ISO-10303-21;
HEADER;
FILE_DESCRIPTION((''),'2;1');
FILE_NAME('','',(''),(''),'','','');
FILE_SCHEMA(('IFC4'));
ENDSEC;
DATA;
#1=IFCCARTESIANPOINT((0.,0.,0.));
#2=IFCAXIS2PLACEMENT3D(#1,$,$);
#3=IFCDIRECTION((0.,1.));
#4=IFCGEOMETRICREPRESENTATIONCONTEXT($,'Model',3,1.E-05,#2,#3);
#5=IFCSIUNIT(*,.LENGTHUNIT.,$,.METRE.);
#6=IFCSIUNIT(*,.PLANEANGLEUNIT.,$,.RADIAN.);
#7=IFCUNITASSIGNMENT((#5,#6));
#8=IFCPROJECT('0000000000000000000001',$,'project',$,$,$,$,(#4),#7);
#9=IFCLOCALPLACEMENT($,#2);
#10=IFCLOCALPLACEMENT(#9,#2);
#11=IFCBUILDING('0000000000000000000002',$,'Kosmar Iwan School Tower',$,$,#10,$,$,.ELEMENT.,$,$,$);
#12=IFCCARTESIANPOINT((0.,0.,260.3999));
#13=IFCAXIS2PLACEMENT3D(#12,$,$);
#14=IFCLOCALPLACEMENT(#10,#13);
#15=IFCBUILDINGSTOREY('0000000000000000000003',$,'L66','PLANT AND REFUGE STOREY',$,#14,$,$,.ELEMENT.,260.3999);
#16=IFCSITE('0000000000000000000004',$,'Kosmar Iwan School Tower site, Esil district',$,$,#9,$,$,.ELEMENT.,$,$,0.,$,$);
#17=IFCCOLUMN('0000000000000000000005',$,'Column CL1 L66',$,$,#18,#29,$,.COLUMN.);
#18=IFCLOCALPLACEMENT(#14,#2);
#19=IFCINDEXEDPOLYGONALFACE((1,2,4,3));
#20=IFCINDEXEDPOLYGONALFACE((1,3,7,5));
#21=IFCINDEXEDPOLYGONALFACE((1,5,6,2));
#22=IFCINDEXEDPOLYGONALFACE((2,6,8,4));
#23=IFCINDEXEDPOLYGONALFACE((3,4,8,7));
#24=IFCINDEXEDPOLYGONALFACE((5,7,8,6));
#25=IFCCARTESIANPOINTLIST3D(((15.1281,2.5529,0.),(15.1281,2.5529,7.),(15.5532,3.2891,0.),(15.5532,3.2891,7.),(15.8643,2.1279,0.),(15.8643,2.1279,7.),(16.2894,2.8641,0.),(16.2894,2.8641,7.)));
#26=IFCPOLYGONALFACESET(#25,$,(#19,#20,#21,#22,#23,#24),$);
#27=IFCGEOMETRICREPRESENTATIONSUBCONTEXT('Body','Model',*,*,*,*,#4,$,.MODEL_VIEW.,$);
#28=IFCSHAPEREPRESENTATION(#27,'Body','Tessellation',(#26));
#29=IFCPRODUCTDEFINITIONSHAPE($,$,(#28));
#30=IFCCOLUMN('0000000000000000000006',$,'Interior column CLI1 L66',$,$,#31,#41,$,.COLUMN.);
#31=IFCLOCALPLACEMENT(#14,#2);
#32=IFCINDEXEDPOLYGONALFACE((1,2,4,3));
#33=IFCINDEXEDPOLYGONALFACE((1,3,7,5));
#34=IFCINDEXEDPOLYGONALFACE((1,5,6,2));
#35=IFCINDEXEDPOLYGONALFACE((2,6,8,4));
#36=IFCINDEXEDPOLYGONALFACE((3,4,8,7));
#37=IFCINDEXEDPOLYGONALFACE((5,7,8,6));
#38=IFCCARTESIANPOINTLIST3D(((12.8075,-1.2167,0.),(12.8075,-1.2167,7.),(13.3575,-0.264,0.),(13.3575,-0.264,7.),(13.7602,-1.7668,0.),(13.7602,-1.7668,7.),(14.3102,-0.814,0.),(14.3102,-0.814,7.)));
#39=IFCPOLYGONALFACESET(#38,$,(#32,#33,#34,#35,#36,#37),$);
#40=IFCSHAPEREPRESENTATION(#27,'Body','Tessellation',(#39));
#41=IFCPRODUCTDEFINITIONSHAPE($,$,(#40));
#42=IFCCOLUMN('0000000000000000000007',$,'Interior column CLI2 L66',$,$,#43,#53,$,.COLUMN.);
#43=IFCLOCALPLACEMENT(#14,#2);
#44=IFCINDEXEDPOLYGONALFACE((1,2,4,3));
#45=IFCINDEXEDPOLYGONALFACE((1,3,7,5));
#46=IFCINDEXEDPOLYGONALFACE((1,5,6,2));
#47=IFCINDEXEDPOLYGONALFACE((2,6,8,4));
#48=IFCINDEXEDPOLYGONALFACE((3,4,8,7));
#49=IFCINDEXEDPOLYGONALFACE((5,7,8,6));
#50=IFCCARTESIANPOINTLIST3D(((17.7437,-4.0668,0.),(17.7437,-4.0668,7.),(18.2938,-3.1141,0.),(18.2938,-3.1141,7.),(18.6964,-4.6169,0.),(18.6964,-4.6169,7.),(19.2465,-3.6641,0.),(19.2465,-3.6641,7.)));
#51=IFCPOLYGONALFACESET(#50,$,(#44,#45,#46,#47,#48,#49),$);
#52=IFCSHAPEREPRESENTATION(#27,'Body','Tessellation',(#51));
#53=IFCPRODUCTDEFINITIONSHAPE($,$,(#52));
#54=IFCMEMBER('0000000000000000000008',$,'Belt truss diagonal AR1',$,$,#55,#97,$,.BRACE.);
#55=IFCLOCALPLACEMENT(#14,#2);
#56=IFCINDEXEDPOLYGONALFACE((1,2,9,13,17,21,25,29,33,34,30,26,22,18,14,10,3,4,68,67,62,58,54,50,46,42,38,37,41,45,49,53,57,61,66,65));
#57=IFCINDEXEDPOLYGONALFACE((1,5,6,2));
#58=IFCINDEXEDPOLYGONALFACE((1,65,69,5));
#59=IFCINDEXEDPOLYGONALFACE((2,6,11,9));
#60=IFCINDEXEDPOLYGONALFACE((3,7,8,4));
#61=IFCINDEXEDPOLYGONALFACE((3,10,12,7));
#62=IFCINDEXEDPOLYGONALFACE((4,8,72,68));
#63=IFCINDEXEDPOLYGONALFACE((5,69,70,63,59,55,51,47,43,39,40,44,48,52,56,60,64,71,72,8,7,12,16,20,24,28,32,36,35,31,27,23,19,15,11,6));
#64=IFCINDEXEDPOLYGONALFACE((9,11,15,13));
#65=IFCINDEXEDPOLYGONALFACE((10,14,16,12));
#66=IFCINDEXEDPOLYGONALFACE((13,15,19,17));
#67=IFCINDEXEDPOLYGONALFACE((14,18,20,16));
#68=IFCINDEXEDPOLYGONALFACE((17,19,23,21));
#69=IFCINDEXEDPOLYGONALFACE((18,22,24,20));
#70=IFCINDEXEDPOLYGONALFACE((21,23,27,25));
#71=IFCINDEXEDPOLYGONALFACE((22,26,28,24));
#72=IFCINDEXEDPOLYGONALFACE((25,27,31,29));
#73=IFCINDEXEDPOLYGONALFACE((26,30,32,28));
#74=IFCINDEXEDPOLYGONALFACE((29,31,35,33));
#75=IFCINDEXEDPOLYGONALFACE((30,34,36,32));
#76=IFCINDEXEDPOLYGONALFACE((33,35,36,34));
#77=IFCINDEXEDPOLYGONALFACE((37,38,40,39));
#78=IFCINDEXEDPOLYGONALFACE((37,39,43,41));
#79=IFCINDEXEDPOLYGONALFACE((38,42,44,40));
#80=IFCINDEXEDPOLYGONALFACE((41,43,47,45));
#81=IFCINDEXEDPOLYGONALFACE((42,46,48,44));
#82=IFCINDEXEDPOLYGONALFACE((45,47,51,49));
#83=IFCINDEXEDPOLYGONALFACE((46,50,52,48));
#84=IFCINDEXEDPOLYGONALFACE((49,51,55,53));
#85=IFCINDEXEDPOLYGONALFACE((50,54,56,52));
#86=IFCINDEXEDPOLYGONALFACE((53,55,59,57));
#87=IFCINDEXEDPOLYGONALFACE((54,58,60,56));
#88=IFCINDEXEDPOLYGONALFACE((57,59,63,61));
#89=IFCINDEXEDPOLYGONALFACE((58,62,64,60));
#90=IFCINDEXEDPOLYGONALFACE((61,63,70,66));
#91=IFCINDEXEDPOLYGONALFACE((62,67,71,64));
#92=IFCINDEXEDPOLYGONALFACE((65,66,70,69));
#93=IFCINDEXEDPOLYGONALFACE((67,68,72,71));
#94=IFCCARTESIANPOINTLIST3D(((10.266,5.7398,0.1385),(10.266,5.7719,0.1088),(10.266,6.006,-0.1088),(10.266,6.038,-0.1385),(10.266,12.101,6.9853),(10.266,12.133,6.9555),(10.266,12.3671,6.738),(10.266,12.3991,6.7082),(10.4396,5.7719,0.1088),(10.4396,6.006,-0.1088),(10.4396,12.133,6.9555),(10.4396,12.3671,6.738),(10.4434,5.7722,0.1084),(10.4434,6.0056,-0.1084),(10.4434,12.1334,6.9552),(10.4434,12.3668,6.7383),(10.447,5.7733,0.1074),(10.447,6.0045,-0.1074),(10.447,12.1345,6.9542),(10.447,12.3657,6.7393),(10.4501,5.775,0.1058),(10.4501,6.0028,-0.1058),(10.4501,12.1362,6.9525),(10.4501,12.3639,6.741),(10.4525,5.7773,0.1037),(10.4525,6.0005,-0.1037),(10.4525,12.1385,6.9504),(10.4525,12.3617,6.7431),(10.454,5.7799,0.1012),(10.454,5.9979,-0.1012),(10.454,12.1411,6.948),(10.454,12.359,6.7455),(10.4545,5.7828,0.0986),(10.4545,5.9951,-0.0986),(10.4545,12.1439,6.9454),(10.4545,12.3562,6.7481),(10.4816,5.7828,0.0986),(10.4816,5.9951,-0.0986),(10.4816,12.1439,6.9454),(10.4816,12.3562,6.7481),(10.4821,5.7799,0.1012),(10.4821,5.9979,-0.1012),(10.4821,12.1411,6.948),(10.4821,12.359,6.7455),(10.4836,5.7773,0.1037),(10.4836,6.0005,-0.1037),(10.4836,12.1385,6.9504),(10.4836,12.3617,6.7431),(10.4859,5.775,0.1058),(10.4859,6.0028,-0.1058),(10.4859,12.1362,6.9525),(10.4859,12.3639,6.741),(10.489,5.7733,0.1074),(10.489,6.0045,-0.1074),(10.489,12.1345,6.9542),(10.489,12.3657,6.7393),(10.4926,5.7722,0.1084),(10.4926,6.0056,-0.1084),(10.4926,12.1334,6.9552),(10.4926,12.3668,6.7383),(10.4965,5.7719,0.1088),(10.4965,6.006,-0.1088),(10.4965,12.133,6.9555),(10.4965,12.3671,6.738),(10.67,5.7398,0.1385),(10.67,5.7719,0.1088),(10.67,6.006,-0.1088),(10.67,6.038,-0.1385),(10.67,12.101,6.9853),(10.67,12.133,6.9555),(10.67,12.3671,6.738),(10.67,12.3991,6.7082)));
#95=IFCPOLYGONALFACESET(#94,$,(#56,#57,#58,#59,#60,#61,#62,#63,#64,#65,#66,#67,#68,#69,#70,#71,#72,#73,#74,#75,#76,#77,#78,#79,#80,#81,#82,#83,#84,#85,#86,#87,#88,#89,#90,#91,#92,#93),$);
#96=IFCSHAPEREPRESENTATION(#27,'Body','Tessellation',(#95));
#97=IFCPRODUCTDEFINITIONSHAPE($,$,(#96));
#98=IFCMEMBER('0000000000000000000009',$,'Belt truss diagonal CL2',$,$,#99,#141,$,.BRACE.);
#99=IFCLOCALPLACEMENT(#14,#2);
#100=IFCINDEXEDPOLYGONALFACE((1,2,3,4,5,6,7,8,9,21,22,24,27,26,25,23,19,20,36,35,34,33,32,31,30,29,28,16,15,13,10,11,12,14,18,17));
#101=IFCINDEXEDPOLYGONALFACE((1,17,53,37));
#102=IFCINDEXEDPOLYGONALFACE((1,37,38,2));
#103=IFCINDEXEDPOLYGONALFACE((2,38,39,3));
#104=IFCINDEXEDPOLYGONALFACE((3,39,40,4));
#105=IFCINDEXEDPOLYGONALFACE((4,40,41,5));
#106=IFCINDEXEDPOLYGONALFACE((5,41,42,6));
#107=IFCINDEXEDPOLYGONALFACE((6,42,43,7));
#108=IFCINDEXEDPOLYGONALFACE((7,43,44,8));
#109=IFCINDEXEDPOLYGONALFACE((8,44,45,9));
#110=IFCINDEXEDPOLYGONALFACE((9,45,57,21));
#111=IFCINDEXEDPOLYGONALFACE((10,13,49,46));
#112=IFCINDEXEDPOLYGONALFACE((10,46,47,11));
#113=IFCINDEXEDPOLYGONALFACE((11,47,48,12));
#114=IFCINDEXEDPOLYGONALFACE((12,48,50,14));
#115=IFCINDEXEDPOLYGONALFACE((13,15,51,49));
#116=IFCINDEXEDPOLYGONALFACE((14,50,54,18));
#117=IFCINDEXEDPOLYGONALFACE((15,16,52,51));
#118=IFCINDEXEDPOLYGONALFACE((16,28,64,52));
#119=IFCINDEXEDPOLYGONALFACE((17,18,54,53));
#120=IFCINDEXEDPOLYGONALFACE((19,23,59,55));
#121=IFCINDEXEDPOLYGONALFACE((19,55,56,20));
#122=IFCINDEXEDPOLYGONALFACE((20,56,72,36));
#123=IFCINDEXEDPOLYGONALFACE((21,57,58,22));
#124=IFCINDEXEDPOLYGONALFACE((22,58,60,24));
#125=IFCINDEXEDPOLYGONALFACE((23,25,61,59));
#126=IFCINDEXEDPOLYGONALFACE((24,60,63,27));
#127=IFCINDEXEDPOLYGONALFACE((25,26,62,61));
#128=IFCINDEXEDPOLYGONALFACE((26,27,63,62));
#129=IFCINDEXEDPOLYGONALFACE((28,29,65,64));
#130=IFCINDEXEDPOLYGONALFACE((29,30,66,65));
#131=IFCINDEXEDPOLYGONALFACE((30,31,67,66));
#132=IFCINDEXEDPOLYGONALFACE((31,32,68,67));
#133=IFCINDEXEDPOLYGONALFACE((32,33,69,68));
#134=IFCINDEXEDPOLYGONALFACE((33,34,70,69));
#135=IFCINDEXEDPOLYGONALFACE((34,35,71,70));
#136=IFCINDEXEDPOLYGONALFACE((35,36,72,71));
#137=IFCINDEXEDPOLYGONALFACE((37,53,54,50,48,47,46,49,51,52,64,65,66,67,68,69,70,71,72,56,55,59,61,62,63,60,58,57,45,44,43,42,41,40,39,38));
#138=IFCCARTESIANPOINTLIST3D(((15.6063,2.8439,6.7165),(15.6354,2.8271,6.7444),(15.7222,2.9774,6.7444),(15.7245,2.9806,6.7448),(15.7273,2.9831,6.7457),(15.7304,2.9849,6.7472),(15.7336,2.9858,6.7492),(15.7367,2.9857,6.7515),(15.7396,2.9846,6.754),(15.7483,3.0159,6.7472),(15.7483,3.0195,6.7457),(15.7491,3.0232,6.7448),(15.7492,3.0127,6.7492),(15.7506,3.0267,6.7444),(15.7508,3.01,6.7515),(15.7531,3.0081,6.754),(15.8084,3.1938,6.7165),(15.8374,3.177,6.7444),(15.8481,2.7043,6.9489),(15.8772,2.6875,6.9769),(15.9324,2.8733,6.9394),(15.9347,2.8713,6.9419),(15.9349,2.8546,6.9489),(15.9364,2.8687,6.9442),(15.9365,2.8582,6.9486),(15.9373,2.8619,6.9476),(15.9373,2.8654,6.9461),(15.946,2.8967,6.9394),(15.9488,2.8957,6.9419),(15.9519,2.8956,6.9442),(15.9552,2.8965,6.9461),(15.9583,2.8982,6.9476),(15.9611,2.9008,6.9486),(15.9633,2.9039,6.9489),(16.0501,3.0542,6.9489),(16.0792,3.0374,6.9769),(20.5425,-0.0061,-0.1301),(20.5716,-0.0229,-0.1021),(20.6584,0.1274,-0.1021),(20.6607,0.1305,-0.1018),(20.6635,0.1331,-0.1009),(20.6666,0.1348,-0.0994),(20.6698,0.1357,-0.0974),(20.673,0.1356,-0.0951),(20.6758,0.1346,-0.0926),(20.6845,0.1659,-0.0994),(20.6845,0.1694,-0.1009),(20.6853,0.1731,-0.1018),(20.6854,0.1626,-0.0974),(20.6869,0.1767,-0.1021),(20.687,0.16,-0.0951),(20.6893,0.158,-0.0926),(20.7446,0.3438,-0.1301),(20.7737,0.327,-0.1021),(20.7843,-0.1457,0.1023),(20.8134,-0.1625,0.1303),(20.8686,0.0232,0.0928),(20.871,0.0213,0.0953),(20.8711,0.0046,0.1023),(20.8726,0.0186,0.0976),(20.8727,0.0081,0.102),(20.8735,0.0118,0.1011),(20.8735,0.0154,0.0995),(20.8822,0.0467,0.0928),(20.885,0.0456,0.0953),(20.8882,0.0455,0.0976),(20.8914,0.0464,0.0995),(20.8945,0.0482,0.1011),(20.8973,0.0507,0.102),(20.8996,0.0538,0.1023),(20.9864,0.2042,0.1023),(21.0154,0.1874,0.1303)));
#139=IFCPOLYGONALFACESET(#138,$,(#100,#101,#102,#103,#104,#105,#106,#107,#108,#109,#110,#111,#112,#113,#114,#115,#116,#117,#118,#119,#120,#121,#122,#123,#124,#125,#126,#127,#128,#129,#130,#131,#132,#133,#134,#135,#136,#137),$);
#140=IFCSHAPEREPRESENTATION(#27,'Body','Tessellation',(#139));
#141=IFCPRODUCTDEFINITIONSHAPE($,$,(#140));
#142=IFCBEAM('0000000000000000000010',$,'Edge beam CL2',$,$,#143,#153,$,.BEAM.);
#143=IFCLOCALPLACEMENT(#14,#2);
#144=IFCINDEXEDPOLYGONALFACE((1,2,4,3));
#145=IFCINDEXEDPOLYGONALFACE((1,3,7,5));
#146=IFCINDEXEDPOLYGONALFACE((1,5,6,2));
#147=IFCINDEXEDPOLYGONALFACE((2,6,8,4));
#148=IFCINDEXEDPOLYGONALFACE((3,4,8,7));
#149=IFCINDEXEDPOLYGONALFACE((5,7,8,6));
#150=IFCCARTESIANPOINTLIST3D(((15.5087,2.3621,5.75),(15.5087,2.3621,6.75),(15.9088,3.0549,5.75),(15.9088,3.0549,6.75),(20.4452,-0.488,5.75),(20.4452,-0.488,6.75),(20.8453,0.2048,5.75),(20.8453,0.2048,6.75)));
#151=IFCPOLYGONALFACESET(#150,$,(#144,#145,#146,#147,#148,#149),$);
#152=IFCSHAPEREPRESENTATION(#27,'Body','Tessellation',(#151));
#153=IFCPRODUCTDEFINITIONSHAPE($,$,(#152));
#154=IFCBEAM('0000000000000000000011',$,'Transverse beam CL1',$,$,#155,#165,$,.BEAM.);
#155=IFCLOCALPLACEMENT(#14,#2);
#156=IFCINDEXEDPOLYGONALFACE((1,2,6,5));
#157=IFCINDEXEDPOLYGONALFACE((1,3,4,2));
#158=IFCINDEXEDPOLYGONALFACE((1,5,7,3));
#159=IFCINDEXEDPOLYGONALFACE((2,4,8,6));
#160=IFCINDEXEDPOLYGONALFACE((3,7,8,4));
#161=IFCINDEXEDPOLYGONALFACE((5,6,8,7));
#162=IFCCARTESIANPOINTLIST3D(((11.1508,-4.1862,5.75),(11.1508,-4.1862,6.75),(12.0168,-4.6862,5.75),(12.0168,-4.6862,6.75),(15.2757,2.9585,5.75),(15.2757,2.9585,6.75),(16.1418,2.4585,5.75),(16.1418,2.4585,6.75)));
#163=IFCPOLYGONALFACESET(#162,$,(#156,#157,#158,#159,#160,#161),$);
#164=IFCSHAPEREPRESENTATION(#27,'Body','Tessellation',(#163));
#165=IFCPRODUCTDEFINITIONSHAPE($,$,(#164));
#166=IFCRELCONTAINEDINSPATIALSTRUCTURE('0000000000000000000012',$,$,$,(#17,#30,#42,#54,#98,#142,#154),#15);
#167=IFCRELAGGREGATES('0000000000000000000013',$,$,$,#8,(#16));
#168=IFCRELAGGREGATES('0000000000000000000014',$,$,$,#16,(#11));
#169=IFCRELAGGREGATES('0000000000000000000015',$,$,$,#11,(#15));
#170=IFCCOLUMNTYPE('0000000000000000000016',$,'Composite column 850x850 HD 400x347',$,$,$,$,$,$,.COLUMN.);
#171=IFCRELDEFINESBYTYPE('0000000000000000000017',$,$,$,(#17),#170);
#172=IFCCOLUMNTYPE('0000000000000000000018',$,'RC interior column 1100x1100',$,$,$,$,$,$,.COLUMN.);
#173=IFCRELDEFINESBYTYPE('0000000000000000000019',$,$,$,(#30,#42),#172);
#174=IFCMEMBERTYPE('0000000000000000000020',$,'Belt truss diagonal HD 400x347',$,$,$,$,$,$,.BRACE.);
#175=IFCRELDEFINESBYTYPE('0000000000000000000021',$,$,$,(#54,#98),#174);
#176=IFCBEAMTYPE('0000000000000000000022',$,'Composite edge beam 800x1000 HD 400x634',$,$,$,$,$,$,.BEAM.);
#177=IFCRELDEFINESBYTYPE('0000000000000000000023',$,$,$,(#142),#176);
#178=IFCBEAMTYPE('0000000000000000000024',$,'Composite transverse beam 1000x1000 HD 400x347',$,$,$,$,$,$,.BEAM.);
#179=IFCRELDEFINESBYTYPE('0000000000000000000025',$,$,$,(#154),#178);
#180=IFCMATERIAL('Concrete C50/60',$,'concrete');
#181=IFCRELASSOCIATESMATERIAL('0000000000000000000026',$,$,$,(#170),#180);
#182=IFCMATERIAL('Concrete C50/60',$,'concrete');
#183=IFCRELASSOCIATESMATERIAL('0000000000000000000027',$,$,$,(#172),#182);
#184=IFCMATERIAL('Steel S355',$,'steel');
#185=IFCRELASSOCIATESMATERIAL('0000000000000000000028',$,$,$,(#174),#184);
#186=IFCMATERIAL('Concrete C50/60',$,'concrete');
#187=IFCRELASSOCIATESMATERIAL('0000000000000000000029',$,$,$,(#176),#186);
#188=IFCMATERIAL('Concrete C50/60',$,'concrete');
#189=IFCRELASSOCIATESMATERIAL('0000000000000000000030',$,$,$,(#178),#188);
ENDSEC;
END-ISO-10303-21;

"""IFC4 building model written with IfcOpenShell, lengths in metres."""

from ifc_helpers import new_model, si_unit, direction, frame, origin, origin_2d, place, context, subcontext, project, spatial, rectangle, i_section, extrude, material, material_profile, profile_set, type_object, element, save


model = new_model("IFC4")

# Units and contexts
model_context = context("Model", 3, precision=1e-05, world=origin(), true_north=direction((0.0, 1.0)))
body_context = subcontext(model_context, "Body", "Model", "MODEL_VIEW")
ifc_project = project(units=[si_unit("LENGTHUNIT", "METRE"), si_unit("PLANEANGLEUNIT", "RADIAN")], contexts=[model_context])

# Site, building, storey
site_placement = place(None, origin())
site = spatial("IfcSite", under=ifc_project, at=site_placement, Name="Kosmar Iwan School Tower site, Esil district", CompositionType="ELEMENT", RefElevation=0.0)
building_placement = place(site_placement, origin())
building = spatial("IfcBuilding", under=site, at=building_placement, Name="Kosmar Iwan School Tower", CompositionType="ELEMENT")
storey_placement = place(building_placement, frame((0.0, 0.0, 260.3999)))
storey = spatial("IfcBuildingStorey", under=building, at=storey_placement, Name="L66", Description="PLANT AND REFUGE STOREY", CompositionType="ELEMENT", Elevation=260.3999)

# Columns
ifc_material_1 = material(Name="Concrete C50/60", Category="concrete")
ifc_material_profile_1 = material_profile(ifc_material_1, rectangle(XDim=0.8501, YDim=0.8501, at=origin_2d()), Name="RC 850x850 + HD 400x347")
ifc_profile_set_1 = profile_set([ifc_material_profile_1], Name="Concrete C50/60")
column_type_1 = type_object("IfcColumnType", Name="Composite column 850x850 HD 400x347", PredefinedType="COLUMN", material=ifc_profile_set_1)
column_placement = place(storey_placement, frame((15.7087, 2.7085, 0.0), z_axis=(0.0, 0.0, 1.0), x_axis=(0.866025, -0.5, 0.0)))
element("IfcColumn", 1, at=column_placement, inside=storey, type_object=column_type_1, Name="Column CL1 L66", PredefinedType="COLUMN", context=body_context, shape_type="SweptSolid", body=[
    extrude(rectangle(XDim=0.8501, YDim=0.8501, at=origin_2d()), origin(), (0.0, 0.0, 1.0), 7.0),
])
ifc_material_2 = material(Name="Concrete C50/60", Category="concrete")
ifc_material_profile_2 = material_profile(ifc_material_2, rectangle(XDim=1.1001, YDim=1.1001, at=origin_2d()), Name="RC 1100x1100")
ifc_profile_set_2 = profile_set([ifc_material_profile_2], Name="Concrete C50/60")
column_type_2 = type_object("IfcColumnType", Name="RC interior column 1100x1100", PredefinedType="COLUMN", material=ifc_profile_set_2)
for number, where, z_axis, x_axis, name in (
    (2, (13.5588, -1.0154, 0.0), (0.0, 0.0, 1.0), (0.866025, -0.5, 0.0), "Interior column CLI1 L66"),
    (3, (18.4951, -3.8655, 0.0), (0.0, 0.0, 1.0), (0.866025, -0.5, 0.0), "Interior column CLI2 L66"),
):
    element("IfcColumn", number, at=place(storey_placement, frame(where, z_axis=z_axis, x_axis=x_axis)), inside=storey, type_object=column_type_2, Name=name, PredefinedType="COLUMN", context=body_context, shape_type="SweptSolid", body=[
        extrude(rectangle(XDim=1.1001, YDim=1.1001, at=origin_2d()), origin(), (0.0, 0.0, 1.0), 7.0),
    ])

# Members
ifc_material_3 = material(Name="Steel S355", Category="steel")
ifc_material_profile_3 = material_profile(ifc_material_3, i_section(OverallWidth=0.4041, OverallDepth=0.407, WebThickness=0.0271, FlangeThickness=0.0437, FilletRadius=0.0149, at=origin_2d()), Name="HD 400x347")
ifc_profile_set_3 = profile_set([ifc_material_profile_3], Name="Steel S355")
member_type = type_object("IfcMemberType", Name="Belt truss diagonal HD 400x347", PredefinedType="BRACE", material=ifc_profile_set_3)
member_1_placement = place(storey_placement, frame((10.468, 5.8889, 0.0), z_axis=(0.0, 0.680649, 0.732609), x_axis=(-1.0, 0.0, 0.0)))
element("IfcMember", 4, at=member_1_placement, inside=storey, type_object=member_type, Name="Belt truss diagonal AR1", PredefinedType="BRACE", context=body_context, shape_type="SweptSolid", body=[
    extrude(i_section(OverallWidth=0.4041, OverallDepth=0.407, WebThickness=0.0271, FlangeThickness=0.0437, FilletRadius=0.0149, at=origin_2d()), origin(), (0.0, 0.0, 1.0), 9.3457),
])
member_2_placement = place(storey_placement, frame((15.8428, 2.9407, 6.8467), z_axis=(0.55409, -0.319919, -0.768529), x_axis=(0.500018, 0.866015, 0.0)))
element("IfcMember", 5, at=member_2_placement, inside=storey, type_object=member_type, Name="Belt truss diagonal CL2", PredefinedType="BRACE", context=body_context, shape_type="SweptSolid", body=[
    extrude(i_section(OverallWidth=0.4041, OverallDepth=0.407, WebThickness=0.0271, FlangeThickness=0.0437, FilletRadius=0.0149, at=origin_2d()), origin(), (0.0, 0.0, 1.0), 8.9087),
])

# Beams
ifc_material_4 = material(Name="Concrete C50/60", Category="concrete")
ifc_material_profile_4 = material_profile(ifc_material_4, rectangle(XDim=0.8, YDim=1.0, at=origin_2d()), Name="RC 800x1000 + HD 400x634")
ifc_profile_set_4 = profile_set([ifc_material_profile_4], Name="Concrete C50/60")
beam_type_1 = type_object("IfcBeamType", Name="Composite edge beam 800x1000 HD 400x634", PredefinedType="BEAM", material=ifc_profile_set_4)
beam_1_placement = place(storey_placement, frame((15.7087, 2.7085, 6.25), z_axis=(0.866026, -0.499999, 0.0), x_axis=(0.499999, 0.866026, 0.0)))
element("IfcBeam", 6, at=beam_1_placement, inside=storey, type_object=beam_type_1, Name="Edge beam CL2", PredefinedType="BEAM", context=body_context, shape_type="SweptSolid", body=[
    extrude(rectangle(XDim=0.8, YDim=1.0, at=origin_2d()), origin(), (0.0, 0.0, 1.0), 5.7002),
])
ifc_material_5 = material(Name="Concrete C50/60", Category="concrete")
ifc_material_profile_5 = material_profile(ifc_material_5, rectangle(XDim=1.0, YDim=1.0, at=origin_2d()), Name="RC 1000x1000 + HD 400x347")
ifc_profile_set_5 = profile_set([ifc_material_profile_5], Name="Concrete C50/60")
beam_type_2 = type_object("IfcBeamType", Name="Composite transverse beam 1000x1000 HD 400x347", PredefinedType="BEAM", material=ifc_profile_set_5)
beam_2_placement = place(storey_placement, frame((15.7087, 2.7085, 6.25), z_axis=(-0.499997, -0.866027, 0.0), x_axis=(0.866027, -0.499997, 0.0)))
element("IfcBeam", 7, at=beam_2_placement, inside=storey, type_object=beam_type_2, Name="Transverse beam CL1", PredefinedType="BEAM", context=body_context, shape_type="SweptSolid", body=[
    extrude(rectangle(XDim=1.0, YDim=1.0, at=origin_2d()), origin(), (0.0, 0.0, 1.0), 8.25),
])

save(model, "model.ifc")
